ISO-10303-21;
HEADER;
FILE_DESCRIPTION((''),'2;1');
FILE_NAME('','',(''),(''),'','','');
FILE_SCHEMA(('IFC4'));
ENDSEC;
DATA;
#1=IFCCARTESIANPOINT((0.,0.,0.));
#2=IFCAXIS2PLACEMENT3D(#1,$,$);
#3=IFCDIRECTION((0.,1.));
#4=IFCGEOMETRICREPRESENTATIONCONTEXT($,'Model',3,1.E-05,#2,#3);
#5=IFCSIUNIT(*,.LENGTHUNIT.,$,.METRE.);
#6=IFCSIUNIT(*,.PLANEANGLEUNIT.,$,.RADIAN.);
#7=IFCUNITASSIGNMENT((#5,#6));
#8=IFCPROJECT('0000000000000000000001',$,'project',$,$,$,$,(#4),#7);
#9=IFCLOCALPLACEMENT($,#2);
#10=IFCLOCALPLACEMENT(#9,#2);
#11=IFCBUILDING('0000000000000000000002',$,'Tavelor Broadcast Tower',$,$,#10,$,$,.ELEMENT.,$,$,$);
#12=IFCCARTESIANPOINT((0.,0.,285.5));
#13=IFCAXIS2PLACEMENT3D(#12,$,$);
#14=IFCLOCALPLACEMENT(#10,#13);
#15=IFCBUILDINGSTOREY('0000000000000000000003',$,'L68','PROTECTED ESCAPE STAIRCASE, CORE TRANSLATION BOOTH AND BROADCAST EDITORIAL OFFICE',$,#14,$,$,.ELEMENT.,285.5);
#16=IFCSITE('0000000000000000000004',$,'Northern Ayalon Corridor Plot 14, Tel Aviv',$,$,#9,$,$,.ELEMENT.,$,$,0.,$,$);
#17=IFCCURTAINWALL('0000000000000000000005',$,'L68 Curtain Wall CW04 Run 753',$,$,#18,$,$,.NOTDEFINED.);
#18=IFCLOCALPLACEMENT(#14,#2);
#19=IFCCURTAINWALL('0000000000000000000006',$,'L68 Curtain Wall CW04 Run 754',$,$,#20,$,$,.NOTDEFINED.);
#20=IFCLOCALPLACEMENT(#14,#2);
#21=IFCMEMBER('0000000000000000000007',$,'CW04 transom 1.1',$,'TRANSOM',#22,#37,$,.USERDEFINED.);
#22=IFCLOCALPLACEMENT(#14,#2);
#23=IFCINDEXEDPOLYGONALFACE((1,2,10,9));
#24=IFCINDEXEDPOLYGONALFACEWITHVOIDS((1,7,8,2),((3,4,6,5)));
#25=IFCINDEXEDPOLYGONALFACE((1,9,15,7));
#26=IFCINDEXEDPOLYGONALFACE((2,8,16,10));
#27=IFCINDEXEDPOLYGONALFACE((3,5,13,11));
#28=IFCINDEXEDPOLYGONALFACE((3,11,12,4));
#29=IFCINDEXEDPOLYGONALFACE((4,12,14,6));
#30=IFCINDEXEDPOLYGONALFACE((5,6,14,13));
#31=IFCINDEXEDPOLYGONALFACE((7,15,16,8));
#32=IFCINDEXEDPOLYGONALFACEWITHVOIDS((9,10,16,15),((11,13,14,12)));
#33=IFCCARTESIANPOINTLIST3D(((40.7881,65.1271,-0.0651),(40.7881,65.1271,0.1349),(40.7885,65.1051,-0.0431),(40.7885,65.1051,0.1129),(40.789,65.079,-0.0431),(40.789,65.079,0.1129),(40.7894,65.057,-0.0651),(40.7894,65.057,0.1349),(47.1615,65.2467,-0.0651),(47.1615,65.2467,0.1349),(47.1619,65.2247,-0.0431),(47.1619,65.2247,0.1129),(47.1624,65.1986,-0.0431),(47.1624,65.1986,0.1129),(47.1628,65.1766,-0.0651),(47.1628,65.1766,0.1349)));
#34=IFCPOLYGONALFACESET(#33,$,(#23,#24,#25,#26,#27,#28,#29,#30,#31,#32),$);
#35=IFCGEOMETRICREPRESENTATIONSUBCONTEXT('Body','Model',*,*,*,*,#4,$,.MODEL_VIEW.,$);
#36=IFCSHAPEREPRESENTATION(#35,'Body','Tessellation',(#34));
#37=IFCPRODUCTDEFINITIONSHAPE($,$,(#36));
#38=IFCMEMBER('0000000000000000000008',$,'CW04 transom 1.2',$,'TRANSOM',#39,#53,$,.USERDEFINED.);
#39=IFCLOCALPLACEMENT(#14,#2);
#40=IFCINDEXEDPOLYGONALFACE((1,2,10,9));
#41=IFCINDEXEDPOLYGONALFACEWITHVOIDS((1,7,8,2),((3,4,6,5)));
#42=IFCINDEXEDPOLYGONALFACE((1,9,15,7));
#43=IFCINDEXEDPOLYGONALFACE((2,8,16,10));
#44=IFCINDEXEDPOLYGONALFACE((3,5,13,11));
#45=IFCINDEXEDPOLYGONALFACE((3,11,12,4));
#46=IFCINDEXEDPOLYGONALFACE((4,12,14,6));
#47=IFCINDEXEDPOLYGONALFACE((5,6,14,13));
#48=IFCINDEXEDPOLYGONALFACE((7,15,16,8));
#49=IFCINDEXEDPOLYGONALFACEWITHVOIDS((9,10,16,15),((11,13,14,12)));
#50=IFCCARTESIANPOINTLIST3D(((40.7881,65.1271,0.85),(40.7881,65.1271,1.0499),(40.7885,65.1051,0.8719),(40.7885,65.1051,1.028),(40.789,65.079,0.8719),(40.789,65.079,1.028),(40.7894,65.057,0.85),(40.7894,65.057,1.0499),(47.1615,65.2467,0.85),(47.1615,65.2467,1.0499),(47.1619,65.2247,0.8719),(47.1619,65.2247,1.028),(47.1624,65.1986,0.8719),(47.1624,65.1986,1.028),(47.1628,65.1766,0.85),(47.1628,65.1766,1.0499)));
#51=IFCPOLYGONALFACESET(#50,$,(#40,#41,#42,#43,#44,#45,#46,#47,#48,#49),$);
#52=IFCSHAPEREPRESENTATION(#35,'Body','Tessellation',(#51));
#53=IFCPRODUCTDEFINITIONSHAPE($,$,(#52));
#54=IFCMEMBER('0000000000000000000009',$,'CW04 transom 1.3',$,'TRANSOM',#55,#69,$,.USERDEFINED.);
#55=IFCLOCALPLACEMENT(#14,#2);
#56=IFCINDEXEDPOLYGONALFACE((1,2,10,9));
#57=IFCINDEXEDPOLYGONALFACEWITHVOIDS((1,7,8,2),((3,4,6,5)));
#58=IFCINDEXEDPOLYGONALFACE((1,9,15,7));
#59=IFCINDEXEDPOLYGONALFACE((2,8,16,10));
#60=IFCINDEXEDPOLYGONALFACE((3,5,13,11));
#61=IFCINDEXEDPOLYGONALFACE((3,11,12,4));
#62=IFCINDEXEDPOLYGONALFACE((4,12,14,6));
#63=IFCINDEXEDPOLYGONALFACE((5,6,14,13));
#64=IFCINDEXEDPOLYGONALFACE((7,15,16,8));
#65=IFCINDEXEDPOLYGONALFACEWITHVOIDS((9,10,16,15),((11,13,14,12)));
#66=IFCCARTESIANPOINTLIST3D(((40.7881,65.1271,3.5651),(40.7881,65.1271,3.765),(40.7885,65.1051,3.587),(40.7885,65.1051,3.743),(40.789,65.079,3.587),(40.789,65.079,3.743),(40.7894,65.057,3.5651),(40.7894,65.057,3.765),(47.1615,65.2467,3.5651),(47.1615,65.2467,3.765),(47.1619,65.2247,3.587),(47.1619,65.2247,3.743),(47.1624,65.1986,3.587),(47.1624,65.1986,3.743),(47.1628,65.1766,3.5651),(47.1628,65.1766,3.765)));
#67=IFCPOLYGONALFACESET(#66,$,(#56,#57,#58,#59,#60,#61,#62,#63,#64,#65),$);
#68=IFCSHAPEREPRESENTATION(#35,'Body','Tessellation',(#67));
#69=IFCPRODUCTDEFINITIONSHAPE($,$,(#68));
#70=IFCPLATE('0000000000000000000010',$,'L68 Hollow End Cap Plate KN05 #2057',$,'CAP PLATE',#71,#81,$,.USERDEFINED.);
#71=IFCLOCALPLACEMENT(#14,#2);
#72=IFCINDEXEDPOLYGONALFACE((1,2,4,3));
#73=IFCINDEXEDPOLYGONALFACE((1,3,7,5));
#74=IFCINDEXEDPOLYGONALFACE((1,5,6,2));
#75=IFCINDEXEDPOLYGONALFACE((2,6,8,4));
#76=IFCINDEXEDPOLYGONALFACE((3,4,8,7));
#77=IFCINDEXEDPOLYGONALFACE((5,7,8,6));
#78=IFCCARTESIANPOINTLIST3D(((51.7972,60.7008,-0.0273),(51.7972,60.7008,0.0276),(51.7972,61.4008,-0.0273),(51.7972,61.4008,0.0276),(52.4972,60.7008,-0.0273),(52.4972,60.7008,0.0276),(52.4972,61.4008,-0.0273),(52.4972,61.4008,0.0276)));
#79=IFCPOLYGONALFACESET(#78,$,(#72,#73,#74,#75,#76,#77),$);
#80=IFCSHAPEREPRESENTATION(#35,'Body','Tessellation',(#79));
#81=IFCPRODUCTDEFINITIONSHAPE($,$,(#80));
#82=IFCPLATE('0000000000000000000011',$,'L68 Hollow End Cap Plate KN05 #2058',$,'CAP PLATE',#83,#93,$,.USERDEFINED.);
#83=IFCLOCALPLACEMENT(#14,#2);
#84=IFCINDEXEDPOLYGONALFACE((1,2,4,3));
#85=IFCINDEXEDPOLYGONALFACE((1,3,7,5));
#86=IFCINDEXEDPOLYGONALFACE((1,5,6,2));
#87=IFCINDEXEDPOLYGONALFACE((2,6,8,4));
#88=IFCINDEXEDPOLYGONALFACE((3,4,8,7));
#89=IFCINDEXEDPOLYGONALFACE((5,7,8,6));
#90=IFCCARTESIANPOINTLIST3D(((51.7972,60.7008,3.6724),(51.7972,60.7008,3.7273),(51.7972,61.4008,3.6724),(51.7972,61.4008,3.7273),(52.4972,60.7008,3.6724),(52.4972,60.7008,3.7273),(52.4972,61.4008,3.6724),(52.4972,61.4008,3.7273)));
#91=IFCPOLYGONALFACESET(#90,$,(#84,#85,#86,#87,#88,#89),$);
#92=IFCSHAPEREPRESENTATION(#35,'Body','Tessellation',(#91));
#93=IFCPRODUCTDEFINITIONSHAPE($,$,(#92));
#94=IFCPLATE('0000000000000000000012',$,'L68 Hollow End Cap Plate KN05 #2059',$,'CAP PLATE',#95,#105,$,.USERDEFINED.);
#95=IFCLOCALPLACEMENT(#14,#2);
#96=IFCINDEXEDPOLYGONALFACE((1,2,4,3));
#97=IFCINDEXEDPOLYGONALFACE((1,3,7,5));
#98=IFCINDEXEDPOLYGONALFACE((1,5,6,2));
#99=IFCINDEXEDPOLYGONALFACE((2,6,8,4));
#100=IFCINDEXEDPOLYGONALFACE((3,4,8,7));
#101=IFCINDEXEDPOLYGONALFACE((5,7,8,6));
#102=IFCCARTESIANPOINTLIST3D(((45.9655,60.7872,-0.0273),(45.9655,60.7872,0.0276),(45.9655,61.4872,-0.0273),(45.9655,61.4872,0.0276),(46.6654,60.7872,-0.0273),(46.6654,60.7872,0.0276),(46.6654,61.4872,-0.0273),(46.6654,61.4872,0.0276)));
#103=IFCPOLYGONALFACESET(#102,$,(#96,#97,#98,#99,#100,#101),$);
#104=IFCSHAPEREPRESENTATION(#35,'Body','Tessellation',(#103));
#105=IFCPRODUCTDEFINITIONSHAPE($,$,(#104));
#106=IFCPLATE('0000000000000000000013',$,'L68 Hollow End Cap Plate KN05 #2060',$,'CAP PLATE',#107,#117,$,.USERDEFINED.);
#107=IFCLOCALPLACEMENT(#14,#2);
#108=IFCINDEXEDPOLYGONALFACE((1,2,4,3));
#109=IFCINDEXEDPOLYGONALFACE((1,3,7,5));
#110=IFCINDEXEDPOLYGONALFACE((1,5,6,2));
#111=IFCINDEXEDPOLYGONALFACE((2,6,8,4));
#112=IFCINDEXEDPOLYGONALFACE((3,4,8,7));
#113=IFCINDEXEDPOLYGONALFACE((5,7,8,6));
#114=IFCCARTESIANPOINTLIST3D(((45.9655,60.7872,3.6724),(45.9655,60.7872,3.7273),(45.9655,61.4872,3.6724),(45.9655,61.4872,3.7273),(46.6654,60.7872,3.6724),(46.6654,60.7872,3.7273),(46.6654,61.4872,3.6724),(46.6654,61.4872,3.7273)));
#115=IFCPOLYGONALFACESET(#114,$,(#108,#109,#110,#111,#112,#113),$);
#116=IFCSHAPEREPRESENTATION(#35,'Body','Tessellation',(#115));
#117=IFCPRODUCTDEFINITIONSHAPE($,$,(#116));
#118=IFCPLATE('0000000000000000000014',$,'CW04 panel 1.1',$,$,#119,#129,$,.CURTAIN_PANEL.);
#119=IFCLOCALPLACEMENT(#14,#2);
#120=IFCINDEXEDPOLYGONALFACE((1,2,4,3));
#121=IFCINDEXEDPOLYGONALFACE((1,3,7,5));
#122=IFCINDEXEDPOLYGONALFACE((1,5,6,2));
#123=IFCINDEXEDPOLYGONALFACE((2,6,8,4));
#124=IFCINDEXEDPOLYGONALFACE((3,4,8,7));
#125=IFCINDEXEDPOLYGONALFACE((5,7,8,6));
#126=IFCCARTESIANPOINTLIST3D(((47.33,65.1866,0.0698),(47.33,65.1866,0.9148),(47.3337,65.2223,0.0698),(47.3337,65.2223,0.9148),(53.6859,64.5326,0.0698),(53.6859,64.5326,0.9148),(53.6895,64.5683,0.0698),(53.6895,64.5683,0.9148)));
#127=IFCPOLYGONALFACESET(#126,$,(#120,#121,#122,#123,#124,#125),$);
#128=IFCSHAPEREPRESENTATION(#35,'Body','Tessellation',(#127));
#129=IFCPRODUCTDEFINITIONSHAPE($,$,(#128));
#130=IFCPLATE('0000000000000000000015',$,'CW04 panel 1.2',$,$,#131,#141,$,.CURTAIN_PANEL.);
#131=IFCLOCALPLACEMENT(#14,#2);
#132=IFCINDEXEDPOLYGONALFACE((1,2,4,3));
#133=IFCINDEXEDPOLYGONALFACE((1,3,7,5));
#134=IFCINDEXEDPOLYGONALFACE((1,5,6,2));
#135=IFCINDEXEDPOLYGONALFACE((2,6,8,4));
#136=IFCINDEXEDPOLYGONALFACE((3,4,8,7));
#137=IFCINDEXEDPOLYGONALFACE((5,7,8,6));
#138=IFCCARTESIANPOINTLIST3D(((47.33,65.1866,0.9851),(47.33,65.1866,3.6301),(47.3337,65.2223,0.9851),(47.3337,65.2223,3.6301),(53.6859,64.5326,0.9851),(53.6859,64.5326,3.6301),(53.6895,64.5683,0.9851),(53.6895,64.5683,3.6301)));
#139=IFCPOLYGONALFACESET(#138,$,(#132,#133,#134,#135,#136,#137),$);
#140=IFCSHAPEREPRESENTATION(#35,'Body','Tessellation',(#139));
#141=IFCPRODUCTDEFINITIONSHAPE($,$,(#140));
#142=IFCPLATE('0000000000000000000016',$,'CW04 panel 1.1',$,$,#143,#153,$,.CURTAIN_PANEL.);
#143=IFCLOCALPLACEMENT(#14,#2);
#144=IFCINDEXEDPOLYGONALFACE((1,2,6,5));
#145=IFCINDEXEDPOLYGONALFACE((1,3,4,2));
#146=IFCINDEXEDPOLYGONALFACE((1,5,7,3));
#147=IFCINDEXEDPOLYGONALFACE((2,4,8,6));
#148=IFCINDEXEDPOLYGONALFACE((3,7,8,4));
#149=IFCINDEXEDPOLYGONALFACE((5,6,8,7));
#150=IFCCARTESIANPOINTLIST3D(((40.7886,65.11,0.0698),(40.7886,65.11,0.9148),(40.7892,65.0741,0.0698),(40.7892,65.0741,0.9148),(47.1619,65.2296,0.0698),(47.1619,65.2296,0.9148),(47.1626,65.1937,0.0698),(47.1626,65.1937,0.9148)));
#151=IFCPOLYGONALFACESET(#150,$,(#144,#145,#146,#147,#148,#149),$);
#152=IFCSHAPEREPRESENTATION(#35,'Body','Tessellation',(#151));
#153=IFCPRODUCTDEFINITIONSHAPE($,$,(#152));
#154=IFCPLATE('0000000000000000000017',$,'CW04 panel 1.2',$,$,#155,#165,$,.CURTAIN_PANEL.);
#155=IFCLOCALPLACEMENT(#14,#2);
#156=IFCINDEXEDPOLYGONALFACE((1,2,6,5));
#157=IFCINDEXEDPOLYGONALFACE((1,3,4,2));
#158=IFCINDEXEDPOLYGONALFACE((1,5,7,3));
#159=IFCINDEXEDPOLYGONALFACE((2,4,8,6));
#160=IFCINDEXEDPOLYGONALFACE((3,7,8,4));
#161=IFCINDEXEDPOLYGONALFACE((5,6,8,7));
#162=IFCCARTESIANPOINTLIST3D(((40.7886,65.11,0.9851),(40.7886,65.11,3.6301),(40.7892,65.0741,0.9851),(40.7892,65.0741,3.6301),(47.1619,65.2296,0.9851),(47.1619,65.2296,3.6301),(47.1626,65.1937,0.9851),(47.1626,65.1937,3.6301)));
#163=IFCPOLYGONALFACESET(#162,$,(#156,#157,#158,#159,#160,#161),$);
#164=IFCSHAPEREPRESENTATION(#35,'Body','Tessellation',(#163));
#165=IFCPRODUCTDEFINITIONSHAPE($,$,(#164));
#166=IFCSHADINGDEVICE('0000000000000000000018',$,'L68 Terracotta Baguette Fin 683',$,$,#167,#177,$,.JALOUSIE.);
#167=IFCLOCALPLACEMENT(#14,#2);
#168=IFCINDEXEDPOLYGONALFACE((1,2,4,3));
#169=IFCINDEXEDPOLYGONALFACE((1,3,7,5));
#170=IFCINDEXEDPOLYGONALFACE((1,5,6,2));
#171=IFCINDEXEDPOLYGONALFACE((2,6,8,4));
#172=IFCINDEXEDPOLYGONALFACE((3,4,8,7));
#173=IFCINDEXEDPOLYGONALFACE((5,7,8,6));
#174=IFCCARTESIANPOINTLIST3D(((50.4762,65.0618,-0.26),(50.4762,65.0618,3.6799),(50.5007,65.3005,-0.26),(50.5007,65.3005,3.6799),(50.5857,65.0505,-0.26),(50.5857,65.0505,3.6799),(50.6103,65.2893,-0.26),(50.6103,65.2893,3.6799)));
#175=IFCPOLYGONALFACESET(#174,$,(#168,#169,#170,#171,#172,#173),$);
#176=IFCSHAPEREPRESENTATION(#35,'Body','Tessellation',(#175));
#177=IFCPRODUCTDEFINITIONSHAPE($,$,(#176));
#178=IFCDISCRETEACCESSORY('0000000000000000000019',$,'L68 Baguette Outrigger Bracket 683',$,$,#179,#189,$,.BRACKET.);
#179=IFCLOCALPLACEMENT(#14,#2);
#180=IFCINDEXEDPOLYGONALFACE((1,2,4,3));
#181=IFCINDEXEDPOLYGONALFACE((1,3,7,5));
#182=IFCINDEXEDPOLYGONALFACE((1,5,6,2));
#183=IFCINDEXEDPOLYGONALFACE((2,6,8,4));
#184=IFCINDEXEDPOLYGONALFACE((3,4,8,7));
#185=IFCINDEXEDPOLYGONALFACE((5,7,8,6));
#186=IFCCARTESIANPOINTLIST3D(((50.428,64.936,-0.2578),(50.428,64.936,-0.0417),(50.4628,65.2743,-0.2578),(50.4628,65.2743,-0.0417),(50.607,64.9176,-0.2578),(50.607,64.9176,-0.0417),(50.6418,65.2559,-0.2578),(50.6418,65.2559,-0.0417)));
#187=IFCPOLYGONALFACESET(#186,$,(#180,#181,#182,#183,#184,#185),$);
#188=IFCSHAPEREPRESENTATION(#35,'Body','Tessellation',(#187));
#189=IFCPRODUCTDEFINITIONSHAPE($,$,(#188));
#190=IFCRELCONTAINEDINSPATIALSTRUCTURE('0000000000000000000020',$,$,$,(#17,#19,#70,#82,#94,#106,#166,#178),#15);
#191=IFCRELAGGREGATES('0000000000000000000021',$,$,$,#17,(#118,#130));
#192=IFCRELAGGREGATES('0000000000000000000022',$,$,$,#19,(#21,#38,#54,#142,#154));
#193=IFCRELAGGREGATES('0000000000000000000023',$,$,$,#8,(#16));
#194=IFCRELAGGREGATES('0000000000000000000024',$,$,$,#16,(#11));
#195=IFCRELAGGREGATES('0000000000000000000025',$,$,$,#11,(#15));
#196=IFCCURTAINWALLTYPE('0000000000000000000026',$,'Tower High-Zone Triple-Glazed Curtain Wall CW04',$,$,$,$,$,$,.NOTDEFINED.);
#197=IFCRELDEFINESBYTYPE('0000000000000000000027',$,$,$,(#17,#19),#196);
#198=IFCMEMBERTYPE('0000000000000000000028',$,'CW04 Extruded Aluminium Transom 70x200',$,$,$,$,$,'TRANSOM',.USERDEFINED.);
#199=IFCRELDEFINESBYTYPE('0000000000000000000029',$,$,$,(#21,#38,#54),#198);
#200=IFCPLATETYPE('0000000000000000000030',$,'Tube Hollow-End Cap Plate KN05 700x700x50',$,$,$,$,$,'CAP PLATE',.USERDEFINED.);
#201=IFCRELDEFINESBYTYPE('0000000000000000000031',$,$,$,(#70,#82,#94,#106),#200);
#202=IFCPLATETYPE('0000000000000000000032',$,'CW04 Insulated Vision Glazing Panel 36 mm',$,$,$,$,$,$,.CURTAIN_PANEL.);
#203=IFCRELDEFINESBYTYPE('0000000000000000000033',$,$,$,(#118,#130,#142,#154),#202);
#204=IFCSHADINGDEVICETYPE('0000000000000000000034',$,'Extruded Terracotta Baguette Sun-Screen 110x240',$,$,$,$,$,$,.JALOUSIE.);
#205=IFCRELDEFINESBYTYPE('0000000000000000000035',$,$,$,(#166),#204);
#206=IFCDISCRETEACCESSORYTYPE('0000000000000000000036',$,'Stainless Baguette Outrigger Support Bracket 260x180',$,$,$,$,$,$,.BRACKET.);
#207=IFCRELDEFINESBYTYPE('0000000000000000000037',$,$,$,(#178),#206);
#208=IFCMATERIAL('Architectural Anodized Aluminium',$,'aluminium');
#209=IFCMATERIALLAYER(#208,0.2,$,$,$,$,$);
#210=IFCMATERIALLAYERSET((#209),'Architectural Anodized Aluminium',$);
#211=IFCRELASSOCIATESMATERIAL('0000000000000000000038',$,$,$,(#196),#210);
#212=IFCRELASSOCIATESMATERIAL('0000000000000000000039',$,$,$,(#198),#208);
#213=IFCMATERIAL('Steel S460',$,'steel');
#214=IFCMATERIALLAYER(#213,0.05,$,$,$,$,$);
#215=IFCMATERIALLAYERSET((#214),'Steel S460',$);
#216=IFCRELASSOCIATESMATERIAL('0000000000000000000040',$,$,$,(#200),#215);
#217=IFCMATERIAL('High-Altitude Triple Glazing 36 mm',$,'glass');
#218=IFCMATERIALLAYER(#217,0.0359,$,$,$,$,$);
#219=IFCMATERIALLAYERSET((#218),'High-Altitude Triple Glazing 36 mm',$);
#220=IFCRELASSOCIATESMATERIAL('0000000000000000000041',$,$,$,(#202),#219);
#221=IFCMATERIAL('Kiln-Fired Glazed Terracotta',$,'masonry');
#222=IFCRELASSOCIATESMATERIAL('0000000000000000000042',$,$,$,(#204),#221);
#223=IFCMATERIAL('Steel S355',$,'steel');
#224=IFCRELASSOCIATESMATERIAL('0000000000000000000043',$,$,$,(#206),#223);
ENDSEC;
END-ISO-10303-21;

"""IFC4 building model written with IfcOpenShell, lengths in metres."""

from ifc_helpers import new_model, si_unit, direction, frame, origin, origin_2d, place, context, subcontext, project, spatial, rectangle, hollow_rectangle, extrude, source, transform, mapped, material, layer, layer_set, material_profile, profile_set, type_object, type_shapes, element, aggregate, save


model = new_model("IFC4")

# Units and contexts
model_context = context("Model", 3, precision=1e-05, world=origin(), true_north=direction((0.0, 1.0)))
body_context = subcontext(model_context, "Body", "Model", "MODEL_VIEW")
ifc_project = project(units=[si_unit("LENGTHUNIT", "METRE"), si_unit("PLANEANGLEUNIT", "RADIAN")], contexts=[model_context])

# Site, building, storey
site_placement = place(None, origin())
site = spatial("IfcSite", under=ifc_project, at=site_placement, Name="Northern Ayalon Corridor Plot 14, Tel Aviv", CompositionType="ELEMENT", RefElevation=0.0)
building_placement = place(site_placement, origin())
building = spatial("IfcBuilding", under=site, at=building_placement, Name="Tavelor Broadcast Tower", CompositionType="ELEMENT")
storey_placement = place(building_placement, frame((0.0, 0.0, 285.5)))
storey = spatial("IfcBuildingStorey", under=building, at=storey_placement, Name="L68", Description="PROTECTED ESCAPE STAIRCASE, CORE TRANSLATION BOOTH AND BROADCAST EDITORIAL OFFICE", CompositionType="ELEMENT", Elevation=285.5)

# Shared definitions
ifc_material_1 = material(Name="Steel S460", Category="steel")

# Shared definitions
ifc_material_2 = material(Name="Steel S355", Category="steel")

# Curtain wall
ifc_material_3 = material(Name="Architectural Anodized Aluminium", Category="aluminium")
ifc_layer_1 = layer(ifc_material_3, 0.2)
ifc_layer_set_1 = layer_set([ifc_layer_1], Name="Architectural Anodized Aluminium")
curtain_wall_type = type_object("IfcCurtainWallType", Name="Tower High-Zone Triple-Glazed Curtain Wall CW04", PredefinedType="NOTDEFINED", material=ifc_layer_set_1)
curtain_wall_1_placement = place(storey_placement, origin())
curtain_wall_1 = element("IfcCurtainWall", 1, at=curtain_wall_1_placement, inside=storey, type_object=curtain_wall_type, Name="L68 Curtain Wall CW04 Run 753", PredefinedType="NOTDEFINED")

# Curtain wall
curtain_wall_2_placement = place(storey_placement, origin())
curtain_wall_2 = element("IfcCurtainWall", 2, at=curtain_wall_2_placement, inside=storey, type_object=curtain_wall_type, Name="L68 Curtain Wall CW04 Run 754", PredefinedType="NOTDEFINED")

# Members
ifc_material_profile_1 = material_profile(ifc_material_3, hollow_rectangle(XDim=0.0701, YDim=0.2, WallThickness=0.022, at=origin_2d()), Name="RHS 70x200x22")
ifc_profile_set_1 = profile_set([ifc_material_profile_1], Name="Architectural Anodized Aluminium")
member_type_1 = type_object("IfcMemberType", Name="CW04 Extruded Aluminium Transom 70x200", ElementType="TRANSOM", PredefinedType="USERDEFINED", material=ifc_profile_set_1)
shared_shape_1 = source(origin(), body_context, "Body", "SweptSolid", [
    extrude(hollow_rectangle(XDim=0.0701, YDim=0.2, WallThickness=0.022, at=origin_2d()), origin(), (0.0, 0.0, 1.0), 6.3745),
])
member_1_placement = place(storey_placement, frame((47.1621, 65.2117, 0.0349), z_axis=(-0.999824, -0.018767, 0.0), x_axis=(0.018767, -0.999824, 0.0)))
member_1 = element("IfcMember", 3, at=member_1_placement, type_object=member_type_1, Name="CW04 transom 1.1", ObjectType="TRANSOM", PredefinedType="USERDEFINED", context=body_context, shape_type="MappedRepresentation", body=[
    mapped(shared_shape_1, transform((0.0, 0.0, 0.0), scale=1.0)),
])
member_2_placement = place(storey_placement, frame((47.1621, 65.2117, 0.95), z_axis=(-0.999824, -0.018767, 0.0), x_axis=(0.018767, -0.999824, 0.0)))
member_2 = element("IfcMember", 4, at=member_2_placement, type_object=member_type_1, Name="CW04 transom 1.2", ObjectType="TRANSOM", PredefinedType="USERDEFINED", context=body_context, shape_type="MappedRepresentation", body=[
    mapped(shared_shape_1, transform((0.0, 0.0, 0.0), scale=1.0)),
])
member_3_placement = place(storey_placement, frame((47.1621, 65.2117, 3.665), z_axis=(-0.999824, -0.018767, 0.0), x_axis=(0.018767, -0.999824, 0.0)))
member_3 = element("IfcMember", 5, at=member_3_placement, type_object=member_type_1, Name="CW04 transom 1.3", ObjectType="TRANSOM", PredefinedType="USERDEFINED", context=body_context, shape_type="MappedRepresentation", body=[
    mapped(shared_shape_1, transform((0.0, 0.0, 0.0), scale=1.0)),
])

# Plates
ifc_layer_2 = layer(ifc_material_1, 0.05)
ifc_layer_set_2 = layer_set([ifc_layer_2], Name="Steel S460")
plate_type_1 = type_object("IfcPlateType", Name="Tube Hollow-End Cap Plate KN05 700x700x50", ElementType="CAP PLATE", PredefinedType="USERDEFINED", material=ifc_layer_set_2)
shared_shape_2 = source(origin(), body_context, "Body", "SweptSolid", [
    extrude(rectangle(XDim=0.7, YDim=0.7, at=origin_2d()), origin(), (0.0, 0.0, 1.0), 0.0549),
])
type_shapes(plate_type_1, [shared_shape_2])
for number, where, z_axis, x_axis, name in (
    (6, (52.1472, 61.0508, -0.0273), (0.0, 0.0, 1.0), (1.0, 0.0, 0.0), "L68 Hollow End Cap Plate KN05 #2057"),
    (7, (52.1472, 61.0508, 3.6724), (0.0, 0.0, 1.0), (1.0, 0.0, 0.0), "L68 Hollow End Cap Plate KN05 #2058"),
    (8, (46.3154, 61.1372, -0.0273), (0.0, 0.0, 1.0), (1.0, 0.0, 0.0), "L68 Hollow End Cap Plate KN05 #2059"),
    (9, (46.3154, 61.1372, 3.6724), (0.0, 0.0, 1.0), (1.0, 0.0, 0.0), "L68 Hollow End Cap Plate KN05 #2060"),
):
    element("IfcPlate", number, at=place(storey_placement, frame(where, z_axis=z_axis, x_axis=x_axis)), inside=storey, type_object=plate_type_1, Name=name, ObjectType="CAP PLATE", PredefinedType="USERDEFINED", context=body_context, shape_type="MappedRepresentation", body=[
        mapped(shared_shape_2, transform((0.0, 0.0, 0.0), scale=1.0)),
    ])

# Plates
ifc_material_4 = material(Name="High-Altitude Triple Glazing 36 mm", Category="glass")
ifc_layer_3 = layer(ifc_material_4, 0.0359)
ifc_layer_set_3 = layer_set([ifc_layer_3], Name="High-Altitude Triple Glazing 36 mm")
plate_type_2 = type_object("IfcPlateType", Name="CW04 Insulated Vision Glazing Panel 36 mm", PredefinedType="CURTAIN_PANEL", material=ifc_layer_set_3)
shared_shape_3 = source(origin(), body_context, "Body", "SweptSolid", [
    extrude(rectangle(XDim=6.3894, YDim=0.0359, at=origin_2d()), origin(), (0.0, 0.0, 1.0), 0.845),
])
plate_1_placement = place(storey_placement, frame((50.5098, 64.8774, 0.0698), z_axis=(0.0, 0.0, 1.0), x_axis=(-0.994748, 0.102353, 0.0)))
plate_1 = element("IfcPlate", 10, at=plate_1_placement, type_object=plate_type_2, Name="CW04 panel 1.1", PredefinedType="CURTAIN_PANEL", context=body_context, shape_type="MappedRepresentation", body=[
    mapped(shared_shape_3, transform((0.0, 0.0, 0.0), scale=1.0)),
])
shared_shape_4 = source(origin(), body_context, "Body", "SweptSolid", [
    extrude(rectangle(XDim=6.3894, YDim=0.0359, at=origin_2d()), origin(), (0.0, 0.0, 1.0), 2.645),
])
plate_2_placement = place(storey_placement, frame((50.5098, 64.8774, 0.9851), z_axis=(0.0, 0.0, 1.0), x_axis=(-0.994748, 0.102353, 0.0)))
plate_2 = element("IfcPlate", 11, at=plate_2_placement, type_object=plate_type_2, Name="CW04 panel 1.2", PredefinedType="CURTAIN_PANEL", context=body_context, shape_type="MappedRepresentation", body=[
    mapped(shared_shape_4, transform((0.0, 0.0, 0.0), scale=1.0)),
])
aggregate(curtain_wall_1, [plate_1, plate_2])
shared_shape_5 = source(origin(), body_context, "Body", "SweptSolid", [
    extrude(rectangle(XDim=6.3745, YDim=0.0359, at=origin_2d()), origin(), (0.0, 0.0, 1.0), 0.845),
])
plate_3_placement = place(storey_placement, frame((43.9756, 65.1519, 0.0698), z_axis=(0.0, 0.0, 1.0), x_axis=(-0.999824, -0.018758, 0.0)))
plate_3 = element("IfcPlate", 12, at=plate_3_placement, type_object=plate_type_2, Name="CW04 panel 1.1", PredefinedType="CURTAIN_PANEL", context=body_context, shape_type="MappedRepresentation", body=[
    mapped(shared_shape_5, transform((0.0, 0.0, 0.0), scale=1.0)),
])
shared_shape_6 = source(origin(), body_context, "Body", "SweptSolid", [
    extrude(rectangle(XDim=6.3745, YDim=0.0359, at=origin_2d()), origin(), (0.0, 0.0, 1.0), 2.645),
])
type_shapes(plate_type_2, [shared_shape_3, shared_shape_4, shared_shape_5, shared_shape_6])
plate_4_placement = place(storey_placement, frame((43.9756, 65.1519, 0.9851), z_axis=(0.0, 0.0, 1.0), x_axis=(-0.999824, -0.018758, 0.0)))
plate_4 = element("IfcPlate", 13, at=plate_4_placement, type_object=plate_type_2, Name="CW04 panel 1.2", PredefinedType="CURTAIN_PANEL", context=body_context, shape_type="MappedRepresentation", body=[
    mapped(shared_shape_6, transform((0.0, 0.0, 0.0), scale=1.0)),
])
aggregate(curtain_wall_2, [member_1, member_2, member_3, plate_3, plate_4])

# Shading device
ifc_material_5 = material(Name="Kiln-Fired Glazed Terracotta", Category="masonry")
shading_device_type = type_object("IfcShadingDeviceType", Name="Extruded Terracotta Baguette Sun-Screen 110x240", PredefinedType="JALOUSIE", material=ifc_material_5)
shared_shape_7 = source(origin(), body_context, "Body", "SweptSolid", [
    extrude(rectangle(XDim=0.1101, YDim=0.24, at=origin_2d()), origin(), (0.0, 0.0, 1.0), 3.9399),
])
type_shapes(shading_device_type, [shared_shape_7])
shading_device_placement = place(storey_placement, frame((50.5432, 65.1755, -0.26), z_axis=(0.0, 0.0, 1.0), x_axis=(-0.994757, 0.102272, 0.0)))
element("IfcShadingDevice", 14, at=shading_device_placement, inside=storey, type_object=shading_device_type, Name="L68 Terracotta Baguette Fin 683", PredefinedType="JALOUSIE", context=body_context, shape_type="MappedRepresentation", body=[
    mapped(shared_shape_7, transform((0.0, 0.0, 0.0), scale=1.0)),
])

# Discrete accessory
discrete_accessory_type = type_object("IfcDiscreteAccessoryType", Name="Stainless Baguette Outrigger Support Bracket 260x180", PredefinedType="BRACKET", material=ifc_material_2)
shared_shape_8 = source(origin(), body_context, "Body", "SweptSolid", [
    extrude(rectangle(XDim=0.1799, YDim=0.3401, at=origin_2d()), origin(), (0.0, 0.0, 1.0), 0.2161),
])
type_shapes(discrete_accessory_type, [shared_shape_8])
discrete_accessory_placement = place(storey_placement, frame((50.5349, 65.0959, -0.2578), z_axis=(0.0, 0.0, 1.0), x_axis=(-0.994757, 0.102272, 0.0)))
element("IfcDiscreteAccessory", 15, at=discrete_accessory_placement, inside=storey, type_object=discrete_accessory_type, Name="L68 Baguette Outrigger Bracket 683", PredefinedType="BRACKET", context=body_context, shape_type="MappedRepresentation", body=[
    mapped(shared_shape_8, transform((0.0, 0.0, 0.0), scale=1.0)),
])

save(model, "model.ifc")
